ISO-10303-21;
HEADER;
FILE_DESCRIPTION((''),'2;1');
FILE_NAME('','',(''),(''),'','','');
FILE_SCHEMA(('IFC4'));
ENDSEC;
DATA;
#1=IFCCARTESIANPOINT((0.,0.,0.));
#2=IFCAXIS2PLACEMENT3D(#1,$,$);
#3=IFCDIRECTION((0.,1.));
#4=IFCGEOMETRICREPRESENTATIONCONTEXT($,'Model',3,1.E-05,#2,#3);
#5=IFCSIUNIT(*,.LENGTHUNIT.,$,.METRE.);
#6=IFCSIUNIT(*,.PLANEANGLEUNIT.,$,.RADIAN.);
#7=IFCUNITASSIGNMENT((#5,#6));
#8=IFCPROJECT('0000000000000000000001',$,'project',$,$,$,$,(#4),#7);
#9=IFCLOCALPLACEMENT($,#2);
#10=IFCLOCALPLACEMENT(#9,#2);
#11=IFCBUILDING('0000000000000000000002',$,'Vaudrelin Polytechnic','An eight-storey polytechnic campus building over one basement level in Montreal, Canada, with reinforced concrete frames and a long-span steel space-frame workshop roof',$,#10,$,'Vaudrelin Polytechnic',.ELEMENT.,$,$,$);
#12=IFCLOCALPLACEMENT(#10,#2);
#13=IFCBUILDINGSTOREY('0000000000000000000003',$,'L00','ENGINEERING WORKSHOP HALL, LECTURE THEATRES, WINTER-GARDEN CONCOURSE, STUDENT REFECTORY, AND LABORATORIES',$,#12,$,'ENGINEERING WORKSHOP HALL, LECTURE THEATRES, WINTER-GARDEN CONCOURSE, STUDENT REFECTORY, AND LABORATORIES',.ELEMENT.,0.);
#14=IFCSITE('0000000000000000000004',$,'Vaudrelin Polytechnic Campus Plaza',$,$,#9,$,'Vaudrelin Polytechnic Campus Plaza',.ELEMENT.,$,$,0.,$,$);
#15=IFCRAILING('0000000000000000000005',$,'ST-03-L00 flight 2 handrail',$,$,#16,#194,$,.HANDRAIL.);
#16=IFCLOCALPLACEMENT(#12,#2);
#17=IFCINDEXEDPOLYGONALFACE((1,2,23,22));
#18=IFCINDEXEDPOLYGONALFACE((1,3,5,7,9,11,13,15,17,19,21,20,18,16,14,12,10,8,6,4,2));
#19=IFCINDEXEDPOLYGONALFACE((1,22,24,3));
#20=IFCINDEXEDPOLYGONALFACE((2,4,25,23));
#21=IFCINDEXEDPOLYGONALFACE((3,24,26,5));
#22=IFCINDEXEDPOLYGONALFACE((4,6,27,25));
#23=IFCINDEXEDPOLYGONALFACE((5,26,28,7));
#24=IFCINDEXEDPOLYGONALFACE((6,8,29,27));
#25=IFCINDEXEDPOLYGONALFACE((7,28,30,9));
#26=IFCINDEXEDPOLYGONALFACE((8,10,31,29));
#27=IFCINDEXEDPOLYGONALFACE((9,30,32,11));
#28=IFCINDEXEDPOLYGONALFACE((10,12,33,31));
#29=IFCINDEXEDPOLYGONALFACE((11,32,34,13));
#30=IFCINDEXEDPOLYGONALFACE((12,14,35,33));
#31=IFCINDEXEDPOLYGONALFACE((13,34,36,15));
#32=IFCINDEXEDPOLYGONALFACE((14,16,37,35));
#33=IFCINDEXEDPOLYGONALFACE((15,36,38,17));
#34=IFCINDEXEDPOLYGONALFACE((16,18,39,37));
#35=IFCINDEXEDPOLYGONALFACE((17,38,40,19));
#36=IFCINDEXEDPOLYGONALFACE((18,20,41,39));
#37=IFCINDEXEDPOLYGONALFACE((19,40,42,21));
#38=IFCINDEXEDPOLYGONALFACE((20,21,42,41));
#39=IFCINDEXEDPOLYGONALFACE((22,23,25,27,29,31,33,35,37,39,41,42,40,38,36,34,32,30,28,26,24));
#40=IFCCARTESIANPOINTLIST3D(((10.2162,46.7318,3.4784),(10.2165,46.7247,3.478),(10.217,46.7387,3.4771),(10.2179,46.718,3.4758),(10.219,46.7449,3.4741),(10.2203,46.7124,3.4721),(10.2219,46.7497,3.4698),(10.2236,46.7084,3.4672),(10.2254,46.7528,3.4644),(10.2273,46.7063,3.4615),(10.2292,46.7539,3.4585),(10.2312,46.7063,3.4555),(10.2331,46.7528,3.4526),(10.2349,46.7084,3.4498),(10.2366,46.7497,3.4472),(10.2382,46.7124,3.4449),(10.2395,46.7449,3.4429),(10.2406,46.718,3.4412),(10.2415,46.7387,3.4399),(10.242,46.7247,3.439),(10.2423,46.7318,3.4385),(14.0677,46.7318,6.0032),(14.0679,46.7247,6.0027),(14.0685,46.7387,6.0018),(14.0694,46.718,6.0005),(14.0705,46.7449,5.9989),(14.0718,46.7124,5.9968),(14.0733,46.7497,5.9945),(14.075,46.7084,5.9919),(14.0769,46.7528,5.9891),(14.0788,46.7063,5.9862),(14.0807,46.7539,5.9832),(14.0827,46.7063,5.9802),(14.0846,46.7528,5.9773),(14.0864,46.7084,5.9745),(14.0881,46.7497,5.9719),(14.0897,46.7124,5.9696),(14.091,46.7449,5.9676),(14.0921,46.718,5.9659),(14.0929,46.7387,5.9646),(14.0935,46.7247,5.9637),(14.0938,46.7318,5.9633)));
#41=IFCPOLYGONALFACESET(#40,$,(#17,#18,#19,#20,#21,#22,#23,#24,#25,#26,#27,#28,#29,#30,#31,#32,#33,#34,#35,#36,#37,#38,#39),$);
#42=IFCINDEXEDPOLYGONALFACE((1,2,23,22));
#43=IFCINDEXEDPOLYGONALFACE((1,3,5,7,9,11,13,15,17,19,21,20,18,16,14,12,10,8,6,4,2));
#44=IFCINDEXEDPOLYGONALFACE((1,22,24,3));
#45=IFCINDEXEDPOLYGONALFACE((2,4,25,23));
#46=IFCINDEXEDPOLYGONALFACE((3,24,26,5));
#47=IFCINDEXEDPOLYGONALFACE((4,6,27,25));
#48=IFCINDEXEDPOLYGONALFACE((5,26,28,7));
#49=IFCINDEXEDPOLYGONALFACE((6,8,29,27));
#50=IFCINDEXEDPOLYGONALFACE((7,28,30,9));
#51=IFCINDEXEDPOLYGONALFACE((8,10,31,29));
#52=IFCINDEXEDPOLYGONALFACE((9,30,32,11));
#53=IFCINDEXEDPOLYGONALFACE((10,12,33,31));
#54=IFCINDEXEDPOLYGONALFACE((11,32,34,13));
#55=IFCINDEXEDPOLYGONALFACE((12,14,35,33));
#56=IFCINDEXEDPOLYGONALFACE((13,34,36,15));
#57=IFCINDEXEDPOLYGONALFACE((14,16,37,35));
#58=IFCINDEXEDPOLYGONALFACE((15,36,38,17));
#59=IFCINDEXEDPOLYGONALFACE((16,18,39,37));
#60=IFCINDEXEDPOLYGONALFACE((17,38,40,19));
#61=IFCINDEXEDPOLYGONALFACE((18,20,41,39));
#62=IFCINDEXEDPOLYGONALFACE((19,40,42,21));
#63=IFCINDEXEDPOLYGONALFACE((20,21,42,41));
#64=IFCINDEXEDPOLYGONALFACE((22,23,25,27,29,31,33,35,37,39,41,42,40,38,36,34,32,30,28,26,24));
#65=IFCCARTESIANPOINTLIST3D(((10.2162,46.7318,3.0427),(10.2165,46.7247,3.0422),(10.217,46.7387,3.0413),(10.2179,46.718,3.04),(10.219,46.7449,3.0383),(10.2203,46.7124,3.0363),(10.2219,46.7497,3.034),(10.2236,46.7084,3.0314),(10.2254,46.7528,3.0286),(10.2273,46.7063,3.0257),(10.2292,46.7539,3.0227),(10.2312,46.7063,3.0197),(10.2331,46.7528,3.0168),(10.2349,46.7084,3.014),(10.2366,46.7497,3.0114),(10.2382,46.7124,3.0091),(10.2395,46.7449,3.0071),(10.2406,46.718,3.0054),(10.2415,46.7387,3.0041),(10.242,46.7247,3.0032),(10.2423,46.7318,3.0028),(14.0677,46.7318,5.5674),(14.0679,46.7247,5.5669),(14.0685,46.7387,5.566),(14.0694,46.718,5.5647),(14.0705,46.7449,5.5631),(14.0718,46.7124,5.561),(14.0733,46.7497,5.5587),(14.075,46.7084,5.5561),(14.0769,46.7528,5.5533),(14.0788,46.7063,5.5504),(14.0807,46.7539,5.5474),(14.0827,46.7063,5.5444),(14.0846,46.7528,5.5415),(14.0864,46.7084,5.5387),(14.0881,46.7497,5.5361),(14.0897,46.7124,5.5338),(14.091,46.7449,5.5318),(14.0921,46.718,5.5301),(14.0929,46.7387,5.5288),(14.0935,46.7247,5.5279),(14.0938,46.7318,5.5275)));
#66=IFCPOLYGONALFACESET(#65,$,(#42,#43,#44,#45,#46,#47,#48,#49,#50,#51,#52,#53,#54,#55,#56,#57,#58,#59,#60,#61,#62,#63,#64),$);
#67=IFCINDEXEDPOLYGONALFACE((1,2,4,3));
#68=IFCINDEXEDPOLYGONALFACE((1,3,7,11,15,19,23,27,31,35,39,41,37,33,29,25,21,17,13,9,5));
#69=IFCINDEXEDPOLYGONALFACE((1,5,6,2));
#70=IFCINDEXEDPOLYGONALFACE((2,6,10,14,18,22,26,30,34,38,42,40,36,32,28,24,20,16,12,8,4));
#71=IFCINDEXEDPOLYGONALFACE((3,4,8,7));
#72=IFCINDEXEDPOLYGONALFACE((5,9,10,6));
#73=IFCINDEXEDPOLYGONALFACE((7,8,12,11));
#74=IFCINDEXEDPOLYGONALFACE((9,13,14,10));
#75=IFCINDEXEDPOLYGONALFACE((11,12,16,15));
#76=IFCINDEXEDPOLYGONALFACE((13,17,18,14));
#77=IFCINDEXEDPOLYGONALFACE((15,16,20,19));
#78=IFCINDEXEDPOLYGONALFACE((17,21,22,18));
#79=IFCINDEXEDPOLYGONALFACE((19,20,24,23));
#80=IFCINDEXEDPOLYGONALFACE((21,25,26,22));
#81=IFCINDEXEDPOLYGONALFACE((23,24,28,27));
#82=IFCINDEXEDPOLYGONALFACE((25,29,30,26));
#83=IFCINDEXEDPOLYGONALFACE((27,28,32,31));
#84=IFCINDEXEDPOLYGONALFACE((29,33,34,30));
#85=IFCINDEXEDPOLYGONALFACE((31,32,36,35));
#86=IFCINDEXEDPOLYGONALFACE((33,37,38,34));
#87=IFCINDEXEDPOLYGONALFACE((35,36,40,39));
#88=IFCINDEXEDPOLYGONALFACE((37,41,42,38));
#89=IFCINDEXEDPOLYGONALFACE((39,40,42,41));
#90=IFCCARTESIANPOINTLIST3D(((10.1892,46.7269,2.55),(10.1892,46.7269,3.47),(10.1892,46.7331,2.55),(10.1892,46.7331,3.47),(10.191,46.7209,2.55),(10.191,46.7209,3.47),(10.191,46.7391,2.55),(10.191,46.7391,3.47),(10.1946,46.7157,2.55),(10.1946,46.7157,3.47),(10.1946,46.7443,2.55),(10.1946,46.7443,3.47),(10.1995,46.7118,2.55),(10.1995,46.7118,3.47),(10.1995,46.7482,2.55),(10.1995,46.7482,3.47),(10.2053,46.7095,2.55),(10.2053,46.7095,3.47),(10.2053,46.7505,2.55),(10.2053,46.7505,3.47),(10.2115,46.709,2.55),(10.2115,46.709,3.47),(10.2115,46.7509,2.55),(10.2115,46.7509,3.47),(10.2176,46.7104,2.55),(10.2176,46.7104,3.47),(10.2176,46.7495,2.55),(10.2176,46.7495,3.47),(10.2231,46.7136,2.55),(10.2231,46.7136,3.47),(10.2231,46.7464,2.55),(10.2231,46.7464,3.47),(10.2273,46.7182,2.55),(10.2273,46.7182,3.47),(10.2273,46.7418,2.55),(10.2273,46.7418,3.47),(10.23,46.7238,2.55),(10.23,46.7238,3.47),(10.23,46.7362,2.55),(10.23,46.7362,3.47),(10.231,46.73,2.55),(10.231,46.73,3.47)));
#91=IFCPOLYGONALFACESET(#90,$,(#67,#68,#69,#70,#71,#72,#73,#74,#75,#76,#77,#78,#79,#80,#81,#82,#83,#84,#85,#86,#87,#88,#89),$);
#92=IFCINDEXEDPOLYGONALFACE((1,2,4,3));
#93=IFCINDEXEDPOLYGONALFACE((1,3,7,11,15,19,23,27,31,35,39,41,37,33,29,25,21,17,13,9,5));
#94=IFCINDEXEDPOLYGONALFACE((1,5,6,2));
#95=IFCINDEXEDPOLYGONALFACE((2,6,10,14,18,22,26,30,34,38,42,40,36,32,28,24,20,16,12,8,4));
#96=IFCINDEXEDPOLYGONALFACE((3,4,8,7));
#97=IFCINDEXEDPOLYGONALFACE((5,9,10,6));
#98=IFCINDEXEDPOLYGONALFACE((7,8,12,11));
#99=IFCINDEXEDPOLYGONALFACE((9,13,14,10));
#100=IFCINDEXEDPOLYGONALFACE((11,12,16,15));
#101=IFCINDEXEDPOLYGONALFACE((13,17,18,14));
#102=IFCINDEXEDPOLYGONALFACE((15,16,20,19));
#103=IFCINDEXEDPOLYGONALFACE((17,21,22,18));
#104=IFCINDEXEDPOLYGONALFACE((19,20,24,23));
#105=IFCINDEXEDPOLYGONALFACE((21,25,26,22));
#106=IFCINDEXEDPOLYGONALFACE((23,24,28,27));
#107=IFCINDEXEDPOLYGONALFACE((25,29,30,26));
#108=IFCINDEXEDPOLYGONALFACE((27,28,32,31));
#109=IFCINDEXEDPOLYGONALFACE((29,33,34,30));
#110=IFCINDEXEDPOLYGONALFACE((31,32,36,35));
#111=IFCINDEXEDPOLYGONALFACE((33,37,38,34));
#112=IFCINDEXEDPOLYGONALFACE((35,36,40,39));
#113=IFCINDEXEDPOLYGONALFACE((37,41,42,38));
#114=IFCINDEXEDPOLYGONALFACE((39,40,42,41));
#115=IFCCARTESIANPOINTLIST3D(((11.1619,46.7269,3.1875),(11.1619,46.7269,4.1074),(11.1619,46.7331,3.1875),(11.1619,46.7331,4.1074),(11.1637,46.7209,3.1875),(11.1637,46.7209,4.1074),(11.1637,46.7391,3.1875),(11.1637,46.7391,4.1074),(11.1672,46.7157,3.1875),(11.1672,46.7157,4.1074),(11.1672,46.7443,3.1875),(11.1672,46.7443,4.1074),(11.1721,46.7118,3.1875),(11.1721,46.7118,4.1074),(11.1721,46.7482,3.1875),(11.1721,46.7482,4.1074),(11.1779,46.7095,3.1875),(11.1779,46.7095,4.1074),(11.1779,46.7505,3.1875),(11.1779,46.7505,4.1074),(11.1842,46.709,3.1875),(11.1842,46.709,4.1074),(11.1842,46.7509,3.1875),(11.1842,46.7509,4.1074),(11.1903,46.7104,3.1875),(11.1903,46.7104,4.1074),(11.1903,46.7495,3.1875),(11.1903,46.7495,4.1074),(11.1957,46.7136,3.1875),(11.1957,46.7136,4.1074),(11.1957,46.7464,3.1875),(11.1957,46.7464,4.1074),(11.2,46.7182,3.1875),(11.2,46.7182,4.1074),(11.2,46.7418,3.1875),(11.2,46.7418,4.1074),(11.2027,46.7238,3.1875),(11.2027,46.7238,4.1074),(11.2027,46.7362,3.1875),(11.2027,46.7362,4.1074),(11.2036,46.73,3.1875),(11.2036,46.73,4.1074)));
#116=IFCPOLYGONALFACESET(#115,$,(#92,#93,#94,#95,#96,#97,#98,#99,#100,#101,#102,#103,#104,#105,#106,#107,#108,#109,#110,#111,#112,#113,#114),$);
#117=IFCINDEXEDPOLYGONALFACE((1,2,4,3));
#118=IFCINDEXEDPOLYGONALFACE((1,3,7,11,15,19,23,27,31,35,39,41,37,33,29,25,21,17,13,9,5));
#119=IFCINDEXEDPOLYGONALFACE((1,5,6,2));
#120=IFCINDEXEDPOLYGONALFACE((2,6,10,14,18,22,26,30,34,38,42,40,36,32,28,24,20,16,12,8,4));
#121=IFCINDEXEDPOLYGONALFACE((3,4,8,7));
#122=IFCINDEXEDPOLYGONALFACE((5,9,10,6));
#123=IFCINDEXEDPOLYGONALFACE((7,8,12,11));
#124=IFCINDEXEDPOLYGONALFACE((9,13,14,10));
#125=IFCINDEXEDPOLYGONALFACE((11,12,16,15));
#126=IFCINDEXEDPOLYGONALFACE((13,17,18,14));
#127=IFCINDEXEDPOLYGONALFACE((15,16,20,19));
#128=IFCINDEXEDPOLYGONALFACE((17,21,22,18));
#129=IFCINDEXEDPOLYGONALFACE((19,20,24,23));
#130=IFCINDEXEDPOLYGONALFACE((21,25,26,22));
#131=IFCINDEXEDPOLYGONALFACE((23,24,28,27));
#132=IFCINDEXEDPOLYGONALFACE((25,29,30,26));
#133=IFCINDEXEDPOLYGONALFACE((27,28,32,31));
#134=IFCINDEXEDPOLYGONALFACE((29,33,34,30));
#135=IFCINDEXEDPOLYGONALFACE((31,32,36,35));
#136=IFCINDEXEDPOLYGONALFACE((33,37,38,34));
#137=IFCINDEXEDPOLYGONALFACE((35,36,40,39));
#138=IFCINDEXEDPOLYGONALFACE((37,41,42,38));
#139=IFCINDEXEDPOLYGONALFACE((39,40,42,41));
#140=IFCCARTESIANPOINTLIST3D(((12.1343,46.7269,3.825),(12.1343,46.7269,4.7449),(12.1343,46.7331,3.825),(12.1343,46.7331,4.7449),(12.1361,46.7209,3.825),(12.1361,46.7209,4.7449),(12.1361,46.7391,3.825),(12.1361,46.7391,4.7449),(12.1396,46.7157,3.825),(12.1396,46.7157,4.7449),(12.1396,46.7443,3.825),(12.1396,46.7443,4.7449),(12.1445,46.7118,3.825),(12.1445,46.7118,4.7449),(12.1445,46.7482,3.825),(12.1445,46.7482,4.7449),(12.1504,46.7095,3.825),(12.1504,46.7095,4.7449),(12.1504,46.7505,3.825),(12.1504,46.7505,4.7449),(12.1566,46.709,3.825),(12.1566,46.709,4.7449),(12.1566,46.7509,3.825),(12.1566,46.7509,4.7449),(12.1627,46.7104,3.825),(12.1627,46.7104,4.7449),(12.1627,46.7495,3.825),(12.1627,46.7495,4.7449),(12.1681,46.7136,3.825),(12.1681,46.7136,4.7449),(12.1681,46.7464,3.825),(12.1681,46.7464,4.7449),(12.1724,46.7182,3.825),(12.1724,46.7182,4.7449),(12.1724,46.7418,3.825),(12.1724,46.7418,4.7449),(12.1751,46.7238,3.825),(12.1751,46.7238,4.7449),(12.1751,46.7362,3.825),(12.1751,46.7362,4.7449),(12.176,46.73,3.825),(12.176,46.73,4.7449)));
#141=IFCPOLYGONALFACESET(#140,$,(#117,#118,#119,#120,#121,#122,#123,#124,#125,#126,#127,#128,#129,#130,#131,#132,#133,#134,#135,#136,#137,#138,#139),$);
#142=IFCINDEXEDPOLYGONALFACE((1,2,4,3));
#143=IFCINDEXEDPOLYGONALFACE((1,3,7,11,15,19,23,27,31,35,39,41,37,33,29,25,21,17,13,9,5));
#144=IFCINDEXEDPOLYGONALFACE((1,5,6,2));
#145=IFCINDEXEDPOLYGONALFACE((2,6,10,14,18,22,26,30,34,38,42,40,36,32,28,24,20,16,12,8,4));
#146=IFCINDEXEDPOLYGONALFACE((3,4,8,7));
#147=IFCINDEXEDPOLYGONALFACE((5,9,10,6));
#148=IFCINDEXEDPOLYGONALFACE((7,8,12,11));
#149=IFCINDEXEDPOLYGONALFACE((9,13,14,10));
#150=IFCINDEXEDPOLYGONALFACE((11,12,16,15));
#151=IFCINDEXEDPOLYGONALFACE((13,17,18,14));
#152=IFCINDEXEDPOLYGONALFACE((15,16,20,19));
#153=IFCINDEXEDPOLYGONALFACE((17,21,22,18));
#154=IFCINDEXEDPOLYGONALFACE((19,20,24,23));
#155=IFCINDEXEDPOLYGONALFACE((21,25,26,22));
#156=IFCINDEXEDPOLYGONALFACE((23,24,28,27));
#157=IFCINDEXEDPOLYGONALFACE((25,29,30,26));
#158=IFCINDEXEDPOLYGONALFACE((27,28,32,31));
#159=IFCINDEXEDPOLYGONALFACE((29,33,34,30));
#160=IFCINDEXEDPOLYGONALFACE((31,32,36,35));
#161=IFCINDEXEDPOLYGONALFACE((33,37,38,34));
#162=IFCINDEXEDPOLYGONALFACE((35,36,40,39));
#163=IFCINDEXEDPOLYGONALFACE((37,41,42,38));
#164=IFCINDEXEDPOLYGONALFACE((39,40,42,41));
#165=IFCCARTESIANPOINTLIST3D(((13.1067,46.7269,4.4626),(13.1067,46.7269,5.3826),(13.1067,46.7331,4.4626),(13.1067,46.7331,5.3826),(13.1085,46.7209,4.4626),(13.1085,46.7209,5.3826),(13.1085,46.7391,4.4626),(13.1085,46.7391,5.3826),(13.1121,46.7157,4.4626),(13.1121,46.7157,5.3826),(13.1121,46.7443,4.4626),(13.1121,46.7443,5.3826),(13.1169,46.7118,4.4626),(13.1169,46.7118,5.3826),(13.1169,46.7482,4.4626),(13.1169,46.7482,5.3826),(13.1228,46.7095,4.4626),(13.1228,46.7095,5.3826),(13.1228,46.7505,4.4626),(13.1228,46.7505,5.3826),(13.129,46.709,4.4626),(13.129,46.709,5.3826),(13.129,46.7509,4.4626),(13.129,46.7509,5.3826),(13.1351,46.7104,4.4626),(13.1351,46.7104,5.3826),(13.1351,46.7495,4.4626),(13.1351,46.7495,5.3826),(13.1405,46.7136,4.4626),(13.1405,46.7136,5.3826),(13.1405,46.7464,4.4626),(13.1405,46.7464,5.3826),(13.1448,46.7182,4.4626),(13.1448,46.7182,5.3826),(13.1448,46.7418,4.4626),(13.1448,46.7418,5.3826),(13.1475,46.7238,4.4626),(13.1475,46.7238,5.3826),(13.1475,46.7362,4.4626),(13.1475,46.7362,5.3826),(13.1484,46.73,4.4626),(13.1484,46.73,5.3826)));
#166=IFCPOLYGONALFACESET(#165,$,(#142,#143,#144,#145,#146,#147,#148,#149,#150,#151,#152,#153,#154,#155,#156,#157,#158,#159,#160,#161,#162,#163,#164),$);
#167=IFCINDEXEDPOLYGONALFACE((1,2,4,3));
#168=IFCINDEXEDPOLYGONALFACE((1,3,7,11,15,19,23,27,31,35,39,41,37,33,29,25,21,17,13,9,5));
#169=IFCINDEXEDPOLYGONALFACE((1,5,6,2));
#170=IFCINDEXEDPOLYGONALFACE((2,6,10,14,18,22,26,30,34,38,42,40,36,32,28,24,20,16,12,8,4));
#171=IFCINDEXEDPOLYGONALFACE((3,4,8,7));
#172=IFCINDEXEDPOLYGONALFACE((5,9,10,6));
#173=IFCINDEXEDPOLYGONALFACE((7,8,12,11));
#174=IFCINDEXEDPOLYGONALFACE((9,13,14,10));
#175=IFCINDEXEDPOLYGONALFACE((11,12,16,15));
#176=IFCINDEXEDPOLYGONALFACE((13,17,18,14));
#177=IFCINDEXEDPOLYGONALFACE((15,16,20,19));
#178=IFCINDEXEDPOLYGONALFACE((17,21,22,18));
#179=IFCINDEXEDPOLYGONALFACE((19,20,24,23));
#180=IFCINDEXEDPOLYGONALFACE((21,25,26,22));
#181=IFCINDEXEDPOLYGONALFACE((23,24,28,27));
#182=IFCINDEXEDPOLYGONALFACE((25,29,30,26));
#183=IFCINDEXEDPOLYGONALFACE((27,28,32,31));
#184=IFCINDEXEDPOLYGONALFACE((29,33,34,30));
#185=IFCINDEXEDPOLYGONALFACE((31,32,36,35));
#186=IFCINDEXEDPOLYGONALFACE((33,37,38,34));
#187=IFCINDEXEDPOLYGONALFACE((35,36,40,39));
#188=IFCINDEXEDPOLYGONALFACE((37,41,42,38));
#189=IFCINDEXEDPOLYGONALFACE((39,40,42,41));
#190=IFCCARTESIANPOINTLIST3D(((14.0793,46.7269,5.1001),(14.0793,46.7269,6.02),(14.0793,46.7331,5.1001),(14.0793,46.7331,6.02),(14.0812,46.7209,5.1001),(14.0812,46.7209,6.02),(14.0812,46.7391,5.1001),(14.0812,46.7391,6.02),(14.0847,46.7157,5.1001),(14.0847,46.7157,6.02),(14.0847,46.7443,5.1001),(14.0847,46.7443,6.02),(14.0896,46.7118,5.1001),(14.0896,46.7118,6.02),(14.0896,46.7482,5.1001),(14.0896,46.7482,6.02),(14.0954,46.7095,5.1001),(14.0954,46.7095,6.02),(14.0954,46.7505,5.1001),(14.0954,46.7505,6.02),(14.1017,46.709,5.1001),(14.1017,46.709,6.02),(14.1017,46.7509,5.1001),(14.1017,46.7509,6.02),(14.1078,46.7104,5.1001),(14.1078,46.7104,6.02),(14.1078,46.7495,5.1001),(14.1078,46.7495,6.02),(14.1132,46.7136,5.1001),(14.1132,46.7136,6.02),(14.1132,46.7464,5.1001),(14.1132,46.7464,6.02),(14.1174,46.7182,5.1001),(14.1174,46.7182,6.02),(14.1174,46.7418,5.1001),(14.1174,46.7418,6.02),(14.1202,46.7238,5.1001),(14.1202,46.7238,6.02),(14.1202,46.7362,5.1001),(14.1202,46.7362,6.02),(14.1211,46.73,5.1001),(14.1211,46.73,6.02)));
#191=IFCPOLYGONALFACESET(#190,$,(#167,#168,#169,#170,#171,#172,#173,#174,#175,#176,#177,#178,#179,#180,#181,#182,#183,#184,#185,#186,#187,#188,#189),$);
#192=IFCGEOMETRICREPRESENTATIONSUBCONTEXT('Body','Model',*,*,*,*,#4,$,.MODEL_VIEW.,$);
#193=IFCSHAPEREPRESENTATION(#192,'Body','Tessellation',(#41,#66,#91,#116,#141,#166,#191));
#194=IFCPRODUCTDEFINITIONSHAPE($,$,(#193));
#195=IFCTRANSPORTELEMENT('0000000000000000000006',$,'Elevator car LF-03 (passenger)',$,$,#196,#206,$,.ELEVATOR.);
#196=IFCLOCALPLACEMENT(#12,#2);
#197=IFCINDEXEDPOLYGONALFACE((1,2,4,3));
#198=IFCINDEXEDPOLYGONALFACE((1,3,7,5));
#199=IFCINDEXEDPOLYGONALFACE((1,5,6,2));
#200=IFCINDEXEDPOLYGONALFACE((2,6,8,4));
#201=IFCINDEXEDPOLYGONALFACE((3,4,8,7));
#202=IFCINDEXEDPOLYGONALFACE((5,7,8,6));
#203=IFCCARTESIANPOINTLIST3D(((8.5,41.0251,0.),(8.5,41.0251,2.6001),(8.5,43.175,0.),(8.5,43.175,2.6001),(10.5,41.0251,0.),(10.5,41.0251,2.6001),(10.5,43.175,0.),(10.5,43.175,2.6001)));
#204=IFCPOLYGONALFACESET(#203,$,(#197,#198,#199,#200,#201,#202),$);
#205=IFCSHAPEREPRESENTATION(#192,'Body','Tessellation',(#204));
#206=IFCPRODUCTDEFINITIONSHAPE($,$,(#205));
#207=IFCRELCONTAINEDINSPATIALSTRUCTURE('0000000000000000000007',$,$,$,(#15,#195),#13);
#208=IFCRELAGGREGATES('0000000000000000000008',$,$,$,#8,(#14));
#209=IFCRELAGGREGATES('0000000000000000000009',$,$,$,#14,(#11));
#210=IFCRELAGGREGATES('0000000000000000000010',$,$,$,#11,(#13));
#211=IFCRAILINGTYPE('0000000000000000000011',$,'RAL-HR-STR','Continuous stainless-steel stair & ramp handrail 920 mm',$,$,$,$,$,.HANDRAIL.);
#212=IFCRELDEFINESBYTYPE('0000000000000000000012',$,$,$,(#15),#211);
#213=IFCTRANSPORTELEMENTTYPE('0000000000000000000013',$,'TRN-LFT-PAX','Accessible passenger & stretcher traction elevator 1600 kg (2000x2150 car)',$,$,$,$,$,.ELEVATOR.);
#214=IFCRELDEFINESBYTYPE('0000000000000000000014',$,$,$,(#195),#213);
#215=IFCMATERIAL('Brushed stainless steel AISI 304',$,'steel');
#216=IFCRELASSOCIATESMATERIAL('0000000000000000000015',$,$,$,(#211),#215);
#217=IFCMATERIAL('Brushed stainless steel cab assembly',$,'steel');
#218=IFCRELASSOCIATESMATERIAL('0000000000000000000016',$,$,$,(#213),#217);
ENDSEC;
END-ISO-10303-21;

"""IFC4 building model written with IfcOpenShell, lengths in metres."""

from ifc_helpers import new_model, si_unit, direction, frame, origin, origin_2d, place, context, subcontext, project, spatial, rectangle, circle, extrude, material, type_object, element, save


model = new_model("IFC4")

# Units and contexts
model_context = context("Model", 3, precision=1e-05, world=origin(), true_north=direction((0.0, 1.0)))
body_context = subcontext(model_context, "Body", "Model", "MODEL_VIEW")
ifc_project = project(units=[si_unit("LENGTHUNIT", "METRE"), si_unit("PLANEANGLEUNIT", "RADIAN")], contexts=[model_context])

# Site, building, storey
site_placement = place(None, origin())
site = spatial("IfcSite", under=ifc_project, at=site_placement, Name="Vaudrelin Polytechnic Campus Plaza", LongName="Vaudrelin Polytechnic Campus Plaza", CompositionType="ELEMENT", RefElevation=0.0)
building_placement = place(site_placement, origin())
building = spatial("IfcBuilding", under=site, at=building_placement, Name="Vaudrelin Polytechnic", Description="An eight-storey polytechnic campus building over one basement level in Montreal, Canada, with reinforced concrete frames and a long-span steel space-frame workshop roof", LongName="Vaudrelin Polytechnic", CompositionType="ELEMENT")
storey_placement = place(building_placement, origin())
storey = spatial("IfcBuildingStorey", under=building, at=storey_placement, Name="L00", Description="ENGINEERING WORKSHOP HALL, LECTURE THEATRES, WINTER-GARDEN CONCOURSE, STUDENT REFECTORY, AND LABORATORIES", LongName="ENGINEERING WORKSHOP HALL, LECTURE THEATRES, WINTER-GARDEN CONCOURSE, STUDENT REFECTORY, AND LABORATORIES", CompositionType="ELEMENT", Elevation=0.0)

# Shared definitions
ifc_material_1 = material(Name="Brushed stainless steel AISI 304", Category="steel")

# Railing
railing_type_1 = type_object("IfcRailingType", Name="RAL-HR-STR", Description="Continuous stainless-steel stair & ramp handrail 920 mm", PredefinedType="HANDRAIL", material=ifc_material_1)
railing_1_placement = place(storey_placement, frame((10.21, 46.73, 2.55)))
element("IfcRailing", 1, at=railing_1_placement, inside=storey, type_object=railing_type_1, Name="ST-03-L00 flight 2 handrail", PredefinedType="HANDRAIL", context=body_context, shape_type="SweptSolid", body=[
    extrude(circle(Radius=0.0239, at=origin_2d()), frame((0.0193, 0.0, 0.9084), z_axis=(0.836329, 0.0, 0.548228), x_axis=(0.0, 1.0, 0.0)), (0.0, 0.0, 1.0), 4.6052),
    extrude(circle(Radius=0.0239, at=origin_2d()), frame((0.0193, 0.0, 0.4727), z_axis=(0.836329, 0.0, 0.548228), x_axis=(0.0, 1.0, 0.0)), (0.0, 0.0, 1.0), 4.6052),
    extrude(circle(Radius=0.021, at=origin_2d()), origin(), (0.0, 0.0, 1.0), 0.9199),
    extrude(circle(Radius=0.021, at=origin_2d()), frame((0.9727, 0.0, 0.6375)), (0.0, 0.0, 1.0), 0.9199),
    extrude(circle(Radius=0.021, at=origin_2d()), frame((1.9451, 0.0, 1.2749)), (0.0, 0.0, 1.0), 0.9199),
    extrude(circle(Radius=0.021, at=origin_2d()), frame((2.9175, 0.0, 1.9126)), (0.0, 0.0, 1.0), 0.9199),
    extrude(circle(Radius=0.021, at=origin_2d()), frame((3.8901, 0.0, 2.55)), (0.0, 0.0, 1.0), 0.9199),
])

# Transport element
ifc_material_2 = material(Name="Brushed stainless steel cab assembly", Category="steel")
transport_element_type = type_object("IfcTransportElementType", Name="TRN-LFT-PAX", Description="Accessible passenger & stretcher traction elevator 1600 kg (2000x2150 car)", PredefinedType="ELEVATOR", material=ifc_material_2)
transport_element_placement = place(storey_placement, frame((9.5, 42.1001, 0.0), z_axis=(0.0, 0.0, 1.0), x_axis=(1.0, 0.0, 0.0)))
element("IfcTransportElement", 2, at=transport_element_placement, inside=storey, type_object=transport_element_type, Name="Elevator car LF-03 (passenger)", PredefinedType="ELEVATOR", context=body_context, shape_type="SweptSolid", body=[
    extrude(rectangle(XDim=2.0, YDim=2.1499, at=origin_2d()), origin(), (0.0, 0.0, 1.0), 2.6001),
])

save(model, "model.ifc")
